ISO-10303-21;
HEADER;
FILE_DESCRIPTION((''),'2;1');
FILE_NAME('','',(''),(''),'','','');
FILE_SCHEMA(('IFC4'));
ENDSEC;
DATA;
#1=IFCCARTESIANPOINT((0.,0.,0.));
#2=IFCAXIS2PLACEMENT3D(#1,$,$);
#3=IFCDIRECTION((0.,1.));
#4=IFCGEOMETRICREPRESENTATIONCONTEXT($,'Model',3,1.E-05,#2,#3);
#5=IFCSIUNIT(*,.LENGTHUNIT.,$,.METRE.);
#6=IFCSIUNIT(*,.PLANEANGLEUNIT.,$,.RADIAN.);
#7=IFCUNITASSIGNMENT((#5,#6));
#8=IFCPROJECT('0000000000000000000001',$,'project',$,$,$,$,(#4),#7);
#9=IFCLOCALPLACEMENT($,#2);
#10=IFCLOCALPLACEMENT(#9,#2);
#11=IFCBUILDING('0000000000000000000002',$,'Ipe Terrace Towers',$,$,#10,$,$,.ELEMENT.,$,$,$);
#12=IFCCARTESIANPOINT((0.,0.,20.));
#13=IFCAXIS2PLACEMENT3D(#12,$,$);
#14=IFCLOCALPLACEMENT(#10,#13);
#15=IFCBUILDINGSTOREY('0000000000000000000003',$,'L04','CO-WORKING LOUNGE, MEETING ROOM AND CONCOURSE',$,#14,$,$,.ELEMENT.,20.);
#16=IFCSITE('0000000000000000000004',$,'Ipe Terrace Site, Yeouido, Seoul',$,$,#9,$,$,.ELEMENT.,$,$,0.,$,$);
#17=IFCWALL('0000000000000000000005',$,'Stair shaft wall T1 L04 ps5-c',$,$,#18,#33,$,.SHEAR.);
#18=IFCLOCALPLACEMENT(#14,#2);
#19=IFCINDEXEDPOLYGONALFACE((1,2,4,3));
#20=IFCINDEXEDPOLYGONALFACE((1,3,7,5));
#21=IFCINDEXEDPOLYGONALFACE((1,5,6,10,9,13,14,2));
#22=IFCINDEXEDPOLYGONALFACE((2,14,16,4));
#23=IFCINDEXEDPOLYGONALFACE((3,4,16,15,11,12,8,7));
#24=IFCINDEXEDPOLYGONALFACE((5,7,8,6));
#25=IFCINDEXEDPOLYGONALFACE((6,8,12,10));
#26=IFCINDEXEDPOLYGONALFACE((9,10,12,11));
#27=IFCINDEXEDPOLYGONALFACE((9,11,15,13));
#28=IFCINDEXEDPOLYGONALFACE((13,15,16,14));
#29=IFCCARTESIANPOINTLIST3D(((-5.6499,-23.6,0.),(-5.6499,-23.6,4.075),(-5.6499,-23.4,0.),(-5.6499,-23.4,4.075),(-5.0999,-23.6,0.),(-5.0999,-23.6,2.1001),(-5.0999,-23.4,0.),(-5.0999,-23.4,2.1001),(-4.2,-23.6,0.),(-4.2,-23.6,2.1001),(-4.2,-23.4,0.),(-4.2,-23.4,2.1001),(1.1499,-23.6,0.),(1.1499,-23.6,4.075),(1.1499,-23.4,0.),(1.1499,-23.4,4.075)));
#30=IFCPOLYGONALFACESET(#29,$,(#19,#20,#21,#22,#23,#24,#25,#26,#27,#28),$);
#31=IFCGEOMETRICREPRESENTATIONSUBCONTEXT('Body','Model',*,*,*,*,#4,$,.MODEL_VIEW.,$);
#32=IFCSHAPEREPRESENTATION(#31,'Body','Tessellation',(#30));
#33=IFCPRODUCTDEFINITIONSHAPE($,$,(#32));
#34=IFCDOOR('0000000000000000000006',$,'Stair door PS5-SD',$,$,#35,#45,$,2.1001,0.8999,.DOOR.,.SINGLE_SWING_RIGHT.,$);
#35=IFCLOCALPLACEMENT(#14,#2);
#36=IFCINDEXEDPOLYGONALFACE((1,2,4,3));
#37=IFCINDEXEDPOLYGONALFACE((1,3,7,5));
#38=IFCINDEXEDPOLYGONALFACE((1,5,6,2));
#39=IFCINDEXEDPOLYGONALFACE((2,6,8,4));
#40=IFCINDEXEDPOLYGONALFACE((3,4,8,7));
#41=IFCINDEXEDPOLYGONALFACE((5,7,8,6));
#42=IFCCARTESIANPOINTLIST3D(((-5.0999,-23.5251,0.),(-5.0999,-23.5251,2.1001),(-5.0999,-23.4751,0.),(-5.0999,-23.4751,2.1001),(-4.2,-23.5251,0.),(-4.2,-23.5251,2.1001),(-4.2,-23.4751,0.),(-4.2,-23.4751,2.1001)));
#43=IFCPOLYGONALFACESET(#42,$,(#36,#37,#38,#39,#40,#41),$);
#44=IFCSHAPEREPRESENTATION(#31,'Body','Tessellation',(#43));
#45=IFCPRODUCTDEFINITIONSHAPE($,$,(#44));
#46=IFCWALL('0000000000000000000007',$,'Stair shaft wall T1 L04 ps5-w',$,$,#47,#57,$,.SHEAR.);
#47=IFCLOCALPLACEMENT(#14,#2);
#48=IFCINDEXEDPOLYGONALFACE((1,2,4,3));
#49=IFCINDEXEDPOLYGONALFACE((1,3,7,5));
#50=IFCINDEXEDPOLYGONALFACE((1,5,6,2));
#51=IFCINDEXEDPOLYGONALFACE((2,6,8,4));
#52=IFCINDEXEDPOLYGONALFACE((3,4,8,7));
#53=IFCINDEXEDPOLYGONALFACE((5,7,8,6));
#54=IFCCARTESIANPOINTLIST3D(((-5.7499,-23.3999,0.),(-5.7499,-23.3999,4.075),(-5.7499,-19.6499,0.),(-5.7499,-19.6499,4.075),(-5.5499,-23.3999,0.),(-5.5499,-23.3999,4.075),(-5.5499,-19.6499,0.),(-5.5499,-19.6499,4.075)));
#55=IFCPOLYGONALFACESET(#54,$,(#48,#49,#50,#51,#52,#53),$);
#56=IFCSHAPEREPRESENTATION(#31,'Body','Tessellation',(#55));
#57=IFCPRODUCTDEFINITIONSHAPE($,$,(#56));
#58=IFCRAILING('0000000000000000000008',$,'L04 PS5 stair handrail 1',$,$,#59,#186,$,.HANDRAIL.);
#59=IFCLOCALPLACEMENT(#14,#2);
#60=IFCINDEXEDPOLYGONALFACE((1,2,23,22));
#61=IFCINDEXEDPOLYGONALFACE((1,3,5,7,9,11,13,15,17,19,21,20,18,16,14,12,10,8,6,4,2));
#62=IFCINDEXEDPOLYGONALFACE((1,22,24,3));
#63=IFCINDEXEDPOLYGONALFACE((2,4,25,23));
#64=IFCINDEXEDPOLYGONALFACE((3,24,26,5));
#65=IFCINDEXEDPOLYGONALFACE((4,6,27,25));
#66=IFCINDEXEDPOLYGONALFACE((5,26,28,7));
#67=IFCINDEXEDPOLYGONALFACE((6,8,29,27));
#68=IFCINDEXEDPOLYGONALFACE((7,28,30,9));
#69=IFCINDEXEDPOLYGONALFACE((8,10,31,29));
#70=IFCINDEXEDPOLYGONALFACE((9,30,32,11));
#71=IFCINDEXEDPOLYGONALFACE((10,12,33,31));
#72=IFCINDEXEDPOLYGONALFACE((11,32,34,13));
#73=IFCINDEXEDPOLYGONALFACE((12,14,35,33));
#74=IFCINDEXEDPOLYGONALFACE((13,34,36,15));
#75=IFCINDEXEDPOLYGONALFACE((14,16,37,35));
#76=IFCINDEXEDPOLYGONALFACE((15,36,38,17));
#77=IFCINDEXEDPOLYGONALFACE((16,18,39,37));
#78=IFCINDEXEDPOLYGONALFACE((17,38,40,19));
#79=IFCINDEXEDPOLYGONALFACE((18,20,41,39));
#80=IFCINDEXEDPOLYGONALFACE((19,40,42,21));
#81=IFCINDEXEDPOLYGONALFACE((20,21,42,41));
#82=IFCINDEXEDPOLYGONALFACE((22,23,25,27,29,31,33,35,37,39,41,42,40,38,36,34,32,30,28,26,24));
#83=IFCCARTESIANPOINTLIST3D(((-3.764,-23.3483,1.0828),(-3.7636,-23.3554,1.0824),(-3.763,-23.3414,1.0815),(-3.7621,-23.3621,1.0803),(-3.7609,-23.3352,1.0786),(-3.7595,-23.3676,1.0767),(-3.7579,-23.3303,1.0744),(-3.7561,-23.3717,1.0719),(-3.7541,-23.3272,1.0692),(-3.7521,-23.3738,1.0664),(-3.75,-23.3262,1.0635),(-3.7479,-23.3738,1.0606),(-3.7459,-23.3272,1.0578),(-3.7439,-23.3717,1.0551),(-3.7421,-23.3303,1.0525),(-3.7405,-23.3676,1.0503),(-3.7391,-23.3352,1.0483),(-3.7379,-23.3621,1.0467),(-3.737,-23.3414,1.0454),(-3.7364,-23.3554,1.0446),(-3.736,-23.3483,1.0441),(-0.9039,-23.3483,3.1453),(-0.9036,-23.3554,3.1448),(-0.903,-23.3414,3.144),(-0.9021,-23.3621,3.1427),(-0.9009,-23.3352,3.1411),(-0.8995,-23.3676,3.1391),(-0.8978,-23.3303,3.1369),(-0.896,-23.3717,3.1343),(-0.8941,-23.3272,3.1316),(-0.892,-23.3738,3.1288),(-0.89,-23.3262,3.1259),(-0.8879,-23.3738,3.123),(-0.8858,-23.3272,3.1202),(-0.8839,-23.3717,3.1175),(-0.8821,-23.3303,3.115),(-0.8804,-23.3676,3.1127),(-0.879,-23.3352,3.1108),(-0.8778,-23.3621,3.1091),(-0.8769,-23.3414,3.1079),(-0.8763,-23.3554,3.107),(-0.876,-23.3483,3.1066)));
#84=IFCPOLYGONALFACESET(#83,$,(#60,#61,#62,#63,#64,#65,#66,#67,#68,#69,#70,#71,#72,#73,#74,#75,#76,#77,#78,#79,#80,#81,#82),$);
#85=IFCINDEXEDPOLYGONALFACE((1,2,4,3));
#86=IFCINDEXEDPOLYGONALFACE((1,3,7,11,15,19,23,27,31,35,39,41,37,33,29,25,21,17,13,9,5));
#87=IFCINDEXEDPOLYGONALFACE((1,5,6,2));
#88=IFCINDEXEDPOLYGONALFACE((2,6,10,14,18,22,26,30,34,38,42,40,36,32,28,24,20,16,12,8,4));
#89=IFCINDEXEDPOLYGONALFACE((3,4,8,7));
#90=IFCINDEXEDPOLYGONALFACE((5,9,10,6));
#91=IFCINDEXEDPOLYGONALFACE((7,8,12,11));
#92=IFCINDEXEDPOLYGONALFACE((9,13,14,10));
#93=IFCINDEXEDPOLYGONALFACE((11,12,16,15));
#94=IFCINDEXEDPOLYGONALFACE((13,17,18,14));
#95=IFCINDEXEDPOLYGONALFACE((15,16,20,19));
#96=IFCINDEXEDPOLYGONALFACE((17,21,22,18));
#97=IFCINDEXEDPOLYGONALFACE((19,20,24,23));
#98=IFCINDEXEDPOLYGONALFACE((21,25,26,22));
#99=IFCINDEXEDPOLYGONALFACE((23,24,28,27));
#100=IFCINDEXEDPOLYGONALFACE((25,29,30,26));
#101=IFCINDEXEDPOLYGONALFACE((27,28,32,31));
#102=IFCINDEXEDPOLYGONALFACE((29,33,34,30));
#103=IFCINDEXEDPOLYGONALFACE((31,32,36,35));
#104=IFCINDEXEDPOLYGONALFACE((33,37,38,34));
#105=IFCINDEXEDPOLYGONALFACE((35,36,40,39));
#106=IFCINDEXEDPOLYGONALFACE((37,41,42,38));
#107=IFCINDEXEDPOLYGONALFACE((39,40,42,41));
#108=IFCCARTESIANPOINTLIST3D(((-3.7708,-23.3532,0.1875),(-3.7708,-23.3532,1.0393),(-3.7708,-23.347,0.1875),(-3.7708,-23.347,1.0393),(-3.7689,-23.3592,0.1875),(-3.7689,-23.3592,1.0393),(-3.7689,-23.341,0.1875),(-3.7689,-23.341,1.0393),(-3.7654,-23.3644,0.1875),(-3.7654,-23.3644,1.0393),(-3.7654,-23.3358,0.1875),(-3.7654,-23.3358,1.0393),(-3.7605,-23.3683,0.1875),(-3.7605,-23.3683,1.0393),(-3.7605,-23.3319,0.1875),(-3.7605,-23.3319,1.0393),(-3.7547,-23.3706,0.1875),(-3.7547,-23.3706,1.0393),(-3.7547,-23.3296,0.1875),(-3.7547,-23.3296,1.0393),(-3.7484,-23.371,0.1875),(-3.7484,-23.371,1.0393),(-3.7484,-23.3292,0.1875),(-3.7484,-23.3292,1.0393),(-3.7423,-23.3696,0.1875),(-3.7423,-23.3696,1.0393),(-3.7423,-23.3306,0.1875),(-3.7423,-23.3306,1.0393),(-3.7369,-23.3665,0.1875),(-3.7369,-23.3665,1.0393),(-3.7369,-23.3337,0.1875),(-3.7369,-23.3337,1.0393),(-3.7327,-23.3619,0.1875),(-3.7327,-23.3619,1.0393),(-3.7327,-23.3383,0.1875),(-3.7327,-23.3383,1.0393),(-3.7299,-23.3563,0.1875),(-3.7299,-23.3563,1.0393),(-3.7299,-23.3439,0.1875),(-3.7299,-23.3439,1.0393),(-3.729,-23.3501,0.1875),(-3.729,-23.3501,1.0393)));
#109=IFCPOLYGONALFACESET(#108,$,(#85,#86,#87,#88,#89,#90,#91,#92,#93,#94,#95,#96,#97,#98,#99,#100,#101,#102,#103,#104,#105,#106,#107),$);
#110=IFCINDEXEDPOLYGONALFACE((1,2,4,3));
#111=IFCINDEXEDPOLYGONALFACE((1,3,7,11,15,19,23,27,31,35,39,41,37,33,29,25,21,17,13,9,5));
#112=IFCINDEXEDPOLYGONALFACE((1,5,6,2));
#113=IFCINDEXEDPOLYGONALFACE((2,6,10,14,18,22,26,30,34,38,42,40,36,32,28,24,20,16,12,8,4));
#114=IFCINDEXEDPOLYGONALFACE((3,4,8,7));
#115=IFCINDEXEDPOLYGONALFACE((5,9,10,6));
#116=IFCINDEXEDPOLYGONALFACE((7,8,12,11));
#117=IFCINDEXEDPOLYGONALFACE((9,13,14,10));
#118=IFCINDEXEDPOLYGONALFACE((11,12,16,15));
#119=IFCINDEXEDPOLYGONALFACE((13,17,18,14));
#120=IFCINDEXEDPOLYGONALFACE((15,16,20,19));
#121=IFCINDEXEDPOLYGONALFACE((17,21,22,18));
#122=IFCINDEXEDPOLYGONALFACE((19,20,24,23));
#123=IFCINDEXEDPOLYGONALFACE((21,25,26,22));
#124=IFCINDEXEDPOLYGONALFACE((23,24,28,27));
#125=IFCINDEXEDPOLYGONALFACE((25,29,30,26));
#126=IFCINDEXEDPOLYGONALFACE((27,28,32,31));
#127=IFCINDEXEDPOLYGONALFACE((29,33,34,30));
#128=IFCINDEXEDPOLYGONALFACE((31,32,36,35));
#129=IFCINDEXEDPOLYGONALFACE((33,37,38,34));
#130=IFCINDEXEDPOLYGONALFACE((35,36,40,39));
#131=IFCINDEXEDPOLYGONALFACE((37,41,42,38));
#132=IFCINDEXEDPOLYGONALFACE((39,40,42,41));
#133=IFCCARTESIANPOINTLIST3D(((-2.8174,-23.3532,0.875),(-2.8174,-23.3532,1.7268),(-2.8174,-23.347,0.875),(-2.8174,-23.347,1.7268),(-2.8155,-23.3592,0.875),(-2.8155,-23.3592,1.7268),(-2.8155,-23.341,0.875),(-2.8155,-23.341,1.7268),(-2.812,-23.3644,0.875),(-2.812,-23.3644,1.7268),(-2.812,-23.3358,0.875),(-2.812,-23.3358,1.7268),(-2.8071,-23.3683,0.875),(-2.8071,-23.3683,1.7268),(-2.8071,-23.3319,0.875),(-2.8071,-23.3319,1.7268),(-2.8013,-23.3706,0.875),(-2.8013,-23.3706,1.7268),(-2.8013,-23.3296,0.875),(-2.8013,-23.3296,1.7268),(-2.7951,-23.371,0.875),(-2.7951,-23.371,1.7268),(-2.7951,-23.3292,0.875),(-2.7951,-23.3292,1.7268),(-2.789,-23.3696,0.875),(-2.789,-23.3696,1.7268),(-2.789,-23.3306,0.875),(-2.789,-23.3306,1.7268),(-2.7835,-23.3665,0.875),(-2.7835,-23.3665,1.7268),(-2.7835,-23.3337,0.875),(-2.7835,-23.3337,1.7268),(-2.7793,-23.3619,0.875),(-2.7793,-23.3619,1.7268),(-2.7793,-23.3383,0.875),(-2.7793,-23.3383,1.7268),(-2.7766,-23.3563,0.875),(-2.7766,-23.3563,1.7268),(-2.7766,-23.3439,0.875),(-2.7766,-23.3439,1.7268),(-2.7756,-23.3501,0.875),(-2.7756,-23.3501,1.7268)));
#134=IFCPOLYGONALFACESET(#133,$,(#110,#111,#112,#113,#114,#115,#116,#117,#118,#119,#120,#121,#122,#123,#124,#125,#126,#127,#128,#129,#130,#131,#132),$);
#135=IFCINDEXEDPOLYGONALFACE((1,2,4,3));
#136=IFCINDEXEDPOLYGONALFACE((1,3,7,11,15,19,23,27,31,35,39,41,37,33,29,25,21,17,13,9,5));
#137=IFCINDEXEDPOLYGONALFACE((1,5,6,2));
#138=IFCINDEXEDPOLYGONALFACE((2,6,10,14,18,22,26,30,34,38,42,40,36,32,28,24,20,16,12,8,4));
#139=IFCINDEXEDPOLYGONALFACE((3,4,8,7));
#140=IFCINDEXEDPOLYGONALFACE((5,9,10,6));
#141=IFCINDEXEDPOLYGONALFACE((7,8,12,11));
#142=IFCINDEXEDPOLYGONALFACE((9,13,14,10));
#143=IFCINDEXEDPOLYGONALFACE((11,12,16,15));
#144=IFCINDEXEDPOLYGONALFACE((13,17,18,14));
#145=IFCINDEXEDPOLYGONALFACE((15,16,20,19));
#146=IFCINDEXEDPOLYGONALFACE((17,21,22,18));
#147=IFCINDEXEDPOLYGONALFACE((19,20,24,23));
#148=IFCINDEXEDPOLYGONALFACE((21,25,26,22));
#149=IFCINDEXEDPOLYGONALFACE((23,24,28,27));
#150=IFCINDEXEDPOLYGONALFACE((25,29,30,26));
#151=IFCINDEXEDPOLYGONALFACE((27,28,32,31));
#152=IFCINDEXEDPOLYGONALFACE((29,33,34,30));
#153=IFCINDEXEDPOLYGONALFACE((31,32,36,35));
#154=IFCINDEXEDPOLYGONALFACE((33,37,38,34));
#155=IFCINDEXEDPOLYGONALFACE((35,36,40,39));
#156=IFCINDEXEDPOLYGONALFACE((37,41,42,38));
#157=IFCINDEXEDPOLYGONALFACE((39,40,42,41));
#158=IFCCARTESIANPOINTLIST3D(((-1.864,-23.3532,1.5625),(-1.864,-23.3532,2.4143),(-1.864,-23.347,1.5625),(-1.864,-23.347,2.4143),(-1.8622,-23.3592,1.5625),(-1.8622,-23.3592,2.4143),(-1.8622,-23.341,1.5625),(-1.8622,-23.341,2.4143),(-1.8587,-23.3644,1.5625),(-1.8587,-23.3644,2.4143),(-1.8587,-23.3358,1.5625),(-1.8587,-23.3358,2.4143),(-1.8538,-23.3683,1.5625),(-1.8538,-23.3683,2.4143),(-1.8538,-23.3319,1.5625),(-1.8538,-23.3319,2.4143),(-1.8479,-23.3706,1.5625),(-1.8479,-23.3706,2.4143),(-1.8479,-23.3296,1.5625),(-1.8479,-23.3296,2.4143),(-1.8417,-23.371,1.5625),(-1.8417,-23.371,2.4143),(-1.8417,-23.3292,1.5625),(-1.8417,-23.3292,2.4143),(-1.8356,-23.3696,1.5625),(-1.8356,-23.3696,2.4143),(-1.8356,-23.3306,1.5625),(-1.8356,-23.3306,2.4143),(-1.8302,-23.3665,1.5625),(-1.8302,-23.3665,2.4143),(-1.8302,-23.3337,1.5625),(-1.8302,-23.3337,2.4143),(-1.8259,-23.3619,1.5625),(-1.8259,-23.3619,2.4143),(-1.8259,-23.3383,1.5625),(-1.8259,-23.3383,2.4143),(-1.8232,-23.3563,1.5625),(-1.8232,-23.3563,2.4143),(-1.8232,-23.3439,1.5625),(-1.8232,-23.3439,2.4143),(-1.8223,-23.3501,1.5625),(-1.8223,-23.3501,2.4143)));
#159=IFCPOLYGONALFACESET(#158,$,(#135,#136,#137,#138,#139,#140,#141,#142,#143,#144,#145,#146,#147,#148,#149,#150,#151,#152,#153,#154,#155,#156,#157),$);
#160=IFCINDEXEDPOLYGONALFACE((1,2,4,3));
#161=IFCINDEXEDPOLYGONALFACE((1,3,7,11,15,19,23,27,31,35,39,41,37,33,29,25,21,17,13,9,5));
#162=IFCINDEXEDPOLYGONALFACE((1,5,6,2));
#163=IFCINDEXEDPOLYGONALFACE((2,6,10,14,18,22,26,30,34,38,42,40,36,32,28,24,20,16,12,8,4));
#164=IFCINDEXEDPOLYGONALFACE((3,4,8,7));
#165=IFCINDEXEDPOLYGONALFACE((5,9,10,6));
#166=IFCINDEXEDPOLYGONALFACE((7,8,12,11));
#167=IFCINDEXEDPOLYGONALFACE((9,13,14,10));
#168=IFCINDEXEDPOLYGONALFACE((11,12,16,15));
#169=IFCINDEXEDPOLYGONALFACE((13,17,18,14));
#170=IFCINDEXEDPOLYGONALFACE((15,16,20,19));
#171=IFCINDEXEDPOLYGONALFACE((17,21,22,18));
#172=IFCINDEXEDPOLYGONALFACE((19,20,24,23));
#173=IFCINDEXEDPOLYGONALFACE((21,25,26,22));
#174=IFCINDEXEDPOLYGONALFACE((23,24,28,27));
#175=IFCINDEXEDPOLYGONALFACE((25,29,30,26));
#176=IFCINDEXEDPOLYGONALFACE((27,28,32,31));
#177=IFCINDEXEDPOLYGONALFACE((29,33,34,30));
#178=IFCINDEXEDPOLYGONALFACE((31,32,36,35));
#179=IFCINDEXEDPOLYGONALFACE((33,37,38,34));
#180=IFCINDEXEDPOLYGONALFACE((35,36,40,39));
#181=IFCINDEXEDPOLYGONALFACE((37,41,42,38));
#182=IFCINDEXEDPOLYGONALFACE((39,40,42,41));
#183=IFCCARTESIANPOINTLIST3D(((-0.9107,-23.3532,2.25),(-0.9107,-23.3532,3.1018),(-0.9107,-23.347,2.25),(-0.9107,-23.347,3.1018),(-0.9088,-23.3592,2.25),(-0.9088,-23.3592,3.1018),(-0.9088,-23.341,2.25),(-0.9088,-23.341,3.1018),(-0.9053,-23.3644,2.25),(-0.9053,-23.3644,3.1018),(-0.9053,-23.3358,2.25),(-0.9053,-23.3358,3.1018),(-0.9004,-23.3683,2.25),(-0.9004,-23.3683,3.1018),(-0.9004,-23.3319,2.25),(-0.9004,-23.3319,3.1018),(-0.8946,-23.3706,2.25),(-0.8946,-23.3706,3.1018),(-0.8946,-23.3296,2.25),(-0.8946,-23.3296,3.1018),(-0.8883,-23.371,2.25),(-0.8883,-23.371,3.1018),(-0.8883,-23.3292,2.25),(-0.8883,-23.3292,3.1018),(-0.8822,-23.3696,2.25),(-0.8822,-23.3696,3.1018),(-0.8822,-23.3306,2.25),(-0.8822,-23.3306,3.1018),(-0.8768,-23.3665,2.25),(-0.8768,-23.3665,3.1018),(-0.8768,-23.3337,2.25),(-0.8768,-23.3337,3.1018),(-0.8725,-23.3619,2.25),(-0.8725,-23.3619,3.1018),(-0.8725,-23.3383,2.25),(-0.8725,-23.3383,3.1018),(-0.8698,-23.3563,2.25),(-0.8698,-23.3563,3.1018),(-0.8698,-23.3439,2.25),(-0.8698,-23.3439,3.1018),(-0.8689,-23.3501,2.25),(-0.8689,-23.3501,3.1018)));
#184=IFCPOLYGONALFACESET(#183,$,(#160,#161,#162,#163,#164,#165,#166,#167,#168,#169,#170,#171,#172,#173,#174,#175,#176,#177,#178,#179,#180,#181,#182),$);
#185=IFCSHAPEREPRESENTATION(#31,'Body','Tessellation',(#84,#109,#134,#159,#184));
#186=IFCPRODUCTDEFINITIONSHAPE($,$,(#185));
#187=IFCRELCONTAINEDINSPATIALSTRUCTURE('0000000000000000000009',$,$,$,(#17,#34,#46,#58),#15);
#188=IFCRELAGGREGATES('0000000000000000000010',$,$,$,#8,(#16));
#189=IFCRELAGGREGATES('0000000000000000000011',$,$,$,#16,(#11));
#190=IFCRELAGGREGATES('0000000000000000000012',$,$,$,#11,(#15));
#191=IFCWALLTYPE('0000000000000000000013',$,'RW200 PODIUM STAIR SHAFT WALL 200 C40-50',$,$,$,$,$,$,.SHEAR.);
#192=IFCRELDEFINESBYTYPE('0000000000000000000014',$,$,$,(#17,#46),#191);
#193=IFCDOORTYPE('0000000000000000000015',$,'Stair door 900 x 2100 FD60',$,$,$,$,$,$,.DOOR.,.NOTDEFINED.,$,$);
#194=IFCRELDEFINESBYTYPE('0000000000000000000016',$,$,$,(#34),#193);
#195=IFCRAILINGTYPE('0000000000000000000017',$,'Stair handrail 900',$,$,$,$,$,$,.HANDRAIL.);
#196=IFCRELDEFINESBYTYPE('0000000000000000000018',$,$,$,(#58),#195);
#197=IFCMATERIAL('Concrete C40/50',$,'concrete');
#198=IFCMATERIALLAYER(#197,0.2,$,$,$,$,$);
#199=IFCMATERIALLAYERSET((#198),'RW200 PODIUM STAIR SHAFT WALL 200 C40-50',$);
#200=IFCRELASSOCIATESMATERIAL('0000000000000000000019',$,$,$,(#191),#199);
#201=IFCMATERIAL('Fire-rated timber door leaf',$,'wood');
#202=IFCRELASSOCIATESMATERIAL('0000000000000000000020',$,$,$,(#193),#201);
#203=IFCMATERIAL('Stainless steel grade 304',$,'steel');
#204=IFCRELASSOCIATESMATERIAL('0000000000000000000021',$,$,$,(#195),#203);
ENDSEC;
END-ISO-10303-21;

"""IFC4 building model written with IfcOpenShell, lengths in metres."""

from ifc_helpers import new_model, si_unit, direction, frame, frame_2d, origin, origin_2d, place, context, subcontext, project, spatial, rectangle, circle, extrude, material, layer, layer_set, type_object, element, fill, save


model = new_model("IFC4")

# Units and contexts
model_context = context("Model", 3, precision=1e-05, world=origin(), true_north=direction((0.0, 1.0)))
body_context = subcontext(model_context, "Body", "Model", "MODEL_VIEW")
ifc_project = project(units=[si_unit("LENGTHUNIT", "METRE"), si_unit("PLANEANGLEUNIT", "RADIAN")], contexts=[model_context])

# Site, building, storey
site_placement = place(None, origin())
site = spatial("IfcSite", under=ifc_project, at=site_placement, Name="Ipe Terrace Site, Yeouido, Seoul", CompositionType="ELEMENT", RefElevation=0.0)
building_placement = place(site_placement, origin())
building = spatial("IfcBuilding", under=site, at=building_placement, Name="Ipe Terrace Towers", CompositionType="ELEMENT")
storey_placement = place(building_placement, frame((0.0, 0.0, 20.0)))
storey = spatial("IfcBuildingStorey", under=building, at=storey_placement, Name="L04", Description="CO-WORKING LOUNGE, MEETING ROOM AND CONCOURSE", CompositionType="ELEMENT", Elevation=20.0)

# Wall, opening, door
ifc_material_1 = material(Name="Concrete C40/50", Category="concrete")
ifc_layer_1 = layer(ifc_material_1, 0.2)
ifc_layer_set_1 = layer_set([ifc_layer_1], Name="RW200 PODIUM STAIR SHAFT WALL 200 C40-50")
wall_type_1 = type_object("IfcWallType", Name="RW200 PODIUM STAIR SHAFT WALL 200 C40-50", PredefinedType="SHEAR", material=ifc_layer_set_1)
wall_1_placement = place(storey_placement, frame((-5.6499, -23.5, 0.0), z_axis=(0.0, 0.0, 1.0), x_axis=(1.0, 0.0, 0.0)))
wall_1 = element("IfcWall", 1, at=wall_1_placement, inside=storey, type_object=wall_type_1, Name="Stair shaft wall T1 L04 ps5-c", PredefinedType="SHEAR", context=body_context, shape_type="SweptSolid", body=[
    extrude(rectangle(XDim=6.7998, YDim=0.2, at=frame_2d((3.3999, 0.0))), origin(), (0.0, 0.0, 1.0), 4.075),
])
opening_1_placement = place(wall_1_placement, frame((0.55, 0.0, 0.0)))
opening_1 = element("IfcOpeningElement", 2, at=opening_1_placement, cuts=wall_1, PredefinedType="OPENING", context=body_context, shape_type="SweptSolid", body=[
    extrude(rectangle(XDim=0.8999, YDim=2.1001, at=frame_2d((0.45, 1.05))), frame((0.0, 0.1099, 0.0), z_axis=(0.0, -1.0, 0.0), x_axis=(1.0, 0.0, 0.0)), (0.0, 0.0, 1.0), 0.22),
])
ifc_material_2 = material(Name="Fire-rated timber door leaf", Category="wood")
door_type_1 = type_object("IfcDoorType", Name="Stair door 900 x 2100 FD60", OperationType="NOTDEFINED", PredefinedType="DOOR", material=ifc_material_2)
door_1_placement = place(opening_1_placement, origin())
door_1 = element("IfcDoor", 3, at=door_1_placement, inside=storey, type_object=door_type_1, Name="Stair door PS5-SD", OperationType="SINGLE_SWING_RIGHT", OverallHeight=2.1001, OverallWidth=0.8999, PredefinedType="DOOR", context=body_context, shape_type="SweptSolid", body=[
    extrude(rectangle(XDim=0.8999, YDim=2.1001, at=frame_2d((0.45, 1.05))), frame((0.0, 0.0249, 0.0), z_axis=(0.0, -1.0, 0.0), x_axis=(1.0, 0.0, 0.0)), (0.0, 0.0, 1.0), 0.05),
])
fill(opening_1, door_1)

# Wall
wall_2_placement = place(storey_placement, frame((-5.6499, -23.3999, 0.0), z_axis=(0.0, 0.0, 1.0), x_axis=(0.0, 1.0, 0.0)))
element("IfcWall", 4, at=wall_2_placement, inside=storey, type_object=wall_type_1, Name="Stair shaft wall T1 L04 ps5-w", PredefinedType="SHEAR", context=body_context, shape_type="SweptSolid", body=[
    extrude(rectangle(XDim=3.75, YDim=0.2, at=frame_2d((1.875, 0.0))), origin(), (0.0, 0.0, 1.0), 4.075),
])

# Railing
ifc_material_3 = material(Name="Stainless steel grade 304", Category="steel")
railing_type_1 = type_object("IfcRailingType", Name="Stair handrail 900", PredefinedType="HANDRAIL", material=ifc_material_3)
railing_1_placement = place(storey_placement, frame((-3.75, -23.3501, 0.1875)))
element("IfcRailing", 5, at=railing_1_placement, inside=storey, type_object=railing_type_1, Name="L04 PS5 stair handrail 1", PredefinedType="HANDRAIL", context=body_context, shape_type="SweptSolid", body=[
    extrude(circle(Radius=0.0239, at=origin_2d()), frame((0.0, 0.0, 0.876), z_axis=(0.811101, 0.0, 0.584906), x_axis=(0.0, 1.0, 0.0)), (0.0, 0.0, 1.0), 3.5261),
    extrude(circle(Radius=0.021, at=origin_2d()), origin(), (0.0, 0.0, 1.0), 0.8518),
    extrude(circle(Radius=0.021, at=origin_2d()), frame((0.9534, 0.0, 0.6875)), (0.0, 0.0, 1.0), 0.8518),
    extrude(circle(Radius=0.021, at=origin_2d()), frame((1.9067, 0.0, 1.375)), (0.0, 0.0, 1.0), 0.8518),
    extrude(circle(Radius=0.021, at=origin_2d()), frame((2.8601, 0.0, 2.0625)), (0.0, 0.0, 1.0), 0.8518),
])

save(model, "model.ifc")
